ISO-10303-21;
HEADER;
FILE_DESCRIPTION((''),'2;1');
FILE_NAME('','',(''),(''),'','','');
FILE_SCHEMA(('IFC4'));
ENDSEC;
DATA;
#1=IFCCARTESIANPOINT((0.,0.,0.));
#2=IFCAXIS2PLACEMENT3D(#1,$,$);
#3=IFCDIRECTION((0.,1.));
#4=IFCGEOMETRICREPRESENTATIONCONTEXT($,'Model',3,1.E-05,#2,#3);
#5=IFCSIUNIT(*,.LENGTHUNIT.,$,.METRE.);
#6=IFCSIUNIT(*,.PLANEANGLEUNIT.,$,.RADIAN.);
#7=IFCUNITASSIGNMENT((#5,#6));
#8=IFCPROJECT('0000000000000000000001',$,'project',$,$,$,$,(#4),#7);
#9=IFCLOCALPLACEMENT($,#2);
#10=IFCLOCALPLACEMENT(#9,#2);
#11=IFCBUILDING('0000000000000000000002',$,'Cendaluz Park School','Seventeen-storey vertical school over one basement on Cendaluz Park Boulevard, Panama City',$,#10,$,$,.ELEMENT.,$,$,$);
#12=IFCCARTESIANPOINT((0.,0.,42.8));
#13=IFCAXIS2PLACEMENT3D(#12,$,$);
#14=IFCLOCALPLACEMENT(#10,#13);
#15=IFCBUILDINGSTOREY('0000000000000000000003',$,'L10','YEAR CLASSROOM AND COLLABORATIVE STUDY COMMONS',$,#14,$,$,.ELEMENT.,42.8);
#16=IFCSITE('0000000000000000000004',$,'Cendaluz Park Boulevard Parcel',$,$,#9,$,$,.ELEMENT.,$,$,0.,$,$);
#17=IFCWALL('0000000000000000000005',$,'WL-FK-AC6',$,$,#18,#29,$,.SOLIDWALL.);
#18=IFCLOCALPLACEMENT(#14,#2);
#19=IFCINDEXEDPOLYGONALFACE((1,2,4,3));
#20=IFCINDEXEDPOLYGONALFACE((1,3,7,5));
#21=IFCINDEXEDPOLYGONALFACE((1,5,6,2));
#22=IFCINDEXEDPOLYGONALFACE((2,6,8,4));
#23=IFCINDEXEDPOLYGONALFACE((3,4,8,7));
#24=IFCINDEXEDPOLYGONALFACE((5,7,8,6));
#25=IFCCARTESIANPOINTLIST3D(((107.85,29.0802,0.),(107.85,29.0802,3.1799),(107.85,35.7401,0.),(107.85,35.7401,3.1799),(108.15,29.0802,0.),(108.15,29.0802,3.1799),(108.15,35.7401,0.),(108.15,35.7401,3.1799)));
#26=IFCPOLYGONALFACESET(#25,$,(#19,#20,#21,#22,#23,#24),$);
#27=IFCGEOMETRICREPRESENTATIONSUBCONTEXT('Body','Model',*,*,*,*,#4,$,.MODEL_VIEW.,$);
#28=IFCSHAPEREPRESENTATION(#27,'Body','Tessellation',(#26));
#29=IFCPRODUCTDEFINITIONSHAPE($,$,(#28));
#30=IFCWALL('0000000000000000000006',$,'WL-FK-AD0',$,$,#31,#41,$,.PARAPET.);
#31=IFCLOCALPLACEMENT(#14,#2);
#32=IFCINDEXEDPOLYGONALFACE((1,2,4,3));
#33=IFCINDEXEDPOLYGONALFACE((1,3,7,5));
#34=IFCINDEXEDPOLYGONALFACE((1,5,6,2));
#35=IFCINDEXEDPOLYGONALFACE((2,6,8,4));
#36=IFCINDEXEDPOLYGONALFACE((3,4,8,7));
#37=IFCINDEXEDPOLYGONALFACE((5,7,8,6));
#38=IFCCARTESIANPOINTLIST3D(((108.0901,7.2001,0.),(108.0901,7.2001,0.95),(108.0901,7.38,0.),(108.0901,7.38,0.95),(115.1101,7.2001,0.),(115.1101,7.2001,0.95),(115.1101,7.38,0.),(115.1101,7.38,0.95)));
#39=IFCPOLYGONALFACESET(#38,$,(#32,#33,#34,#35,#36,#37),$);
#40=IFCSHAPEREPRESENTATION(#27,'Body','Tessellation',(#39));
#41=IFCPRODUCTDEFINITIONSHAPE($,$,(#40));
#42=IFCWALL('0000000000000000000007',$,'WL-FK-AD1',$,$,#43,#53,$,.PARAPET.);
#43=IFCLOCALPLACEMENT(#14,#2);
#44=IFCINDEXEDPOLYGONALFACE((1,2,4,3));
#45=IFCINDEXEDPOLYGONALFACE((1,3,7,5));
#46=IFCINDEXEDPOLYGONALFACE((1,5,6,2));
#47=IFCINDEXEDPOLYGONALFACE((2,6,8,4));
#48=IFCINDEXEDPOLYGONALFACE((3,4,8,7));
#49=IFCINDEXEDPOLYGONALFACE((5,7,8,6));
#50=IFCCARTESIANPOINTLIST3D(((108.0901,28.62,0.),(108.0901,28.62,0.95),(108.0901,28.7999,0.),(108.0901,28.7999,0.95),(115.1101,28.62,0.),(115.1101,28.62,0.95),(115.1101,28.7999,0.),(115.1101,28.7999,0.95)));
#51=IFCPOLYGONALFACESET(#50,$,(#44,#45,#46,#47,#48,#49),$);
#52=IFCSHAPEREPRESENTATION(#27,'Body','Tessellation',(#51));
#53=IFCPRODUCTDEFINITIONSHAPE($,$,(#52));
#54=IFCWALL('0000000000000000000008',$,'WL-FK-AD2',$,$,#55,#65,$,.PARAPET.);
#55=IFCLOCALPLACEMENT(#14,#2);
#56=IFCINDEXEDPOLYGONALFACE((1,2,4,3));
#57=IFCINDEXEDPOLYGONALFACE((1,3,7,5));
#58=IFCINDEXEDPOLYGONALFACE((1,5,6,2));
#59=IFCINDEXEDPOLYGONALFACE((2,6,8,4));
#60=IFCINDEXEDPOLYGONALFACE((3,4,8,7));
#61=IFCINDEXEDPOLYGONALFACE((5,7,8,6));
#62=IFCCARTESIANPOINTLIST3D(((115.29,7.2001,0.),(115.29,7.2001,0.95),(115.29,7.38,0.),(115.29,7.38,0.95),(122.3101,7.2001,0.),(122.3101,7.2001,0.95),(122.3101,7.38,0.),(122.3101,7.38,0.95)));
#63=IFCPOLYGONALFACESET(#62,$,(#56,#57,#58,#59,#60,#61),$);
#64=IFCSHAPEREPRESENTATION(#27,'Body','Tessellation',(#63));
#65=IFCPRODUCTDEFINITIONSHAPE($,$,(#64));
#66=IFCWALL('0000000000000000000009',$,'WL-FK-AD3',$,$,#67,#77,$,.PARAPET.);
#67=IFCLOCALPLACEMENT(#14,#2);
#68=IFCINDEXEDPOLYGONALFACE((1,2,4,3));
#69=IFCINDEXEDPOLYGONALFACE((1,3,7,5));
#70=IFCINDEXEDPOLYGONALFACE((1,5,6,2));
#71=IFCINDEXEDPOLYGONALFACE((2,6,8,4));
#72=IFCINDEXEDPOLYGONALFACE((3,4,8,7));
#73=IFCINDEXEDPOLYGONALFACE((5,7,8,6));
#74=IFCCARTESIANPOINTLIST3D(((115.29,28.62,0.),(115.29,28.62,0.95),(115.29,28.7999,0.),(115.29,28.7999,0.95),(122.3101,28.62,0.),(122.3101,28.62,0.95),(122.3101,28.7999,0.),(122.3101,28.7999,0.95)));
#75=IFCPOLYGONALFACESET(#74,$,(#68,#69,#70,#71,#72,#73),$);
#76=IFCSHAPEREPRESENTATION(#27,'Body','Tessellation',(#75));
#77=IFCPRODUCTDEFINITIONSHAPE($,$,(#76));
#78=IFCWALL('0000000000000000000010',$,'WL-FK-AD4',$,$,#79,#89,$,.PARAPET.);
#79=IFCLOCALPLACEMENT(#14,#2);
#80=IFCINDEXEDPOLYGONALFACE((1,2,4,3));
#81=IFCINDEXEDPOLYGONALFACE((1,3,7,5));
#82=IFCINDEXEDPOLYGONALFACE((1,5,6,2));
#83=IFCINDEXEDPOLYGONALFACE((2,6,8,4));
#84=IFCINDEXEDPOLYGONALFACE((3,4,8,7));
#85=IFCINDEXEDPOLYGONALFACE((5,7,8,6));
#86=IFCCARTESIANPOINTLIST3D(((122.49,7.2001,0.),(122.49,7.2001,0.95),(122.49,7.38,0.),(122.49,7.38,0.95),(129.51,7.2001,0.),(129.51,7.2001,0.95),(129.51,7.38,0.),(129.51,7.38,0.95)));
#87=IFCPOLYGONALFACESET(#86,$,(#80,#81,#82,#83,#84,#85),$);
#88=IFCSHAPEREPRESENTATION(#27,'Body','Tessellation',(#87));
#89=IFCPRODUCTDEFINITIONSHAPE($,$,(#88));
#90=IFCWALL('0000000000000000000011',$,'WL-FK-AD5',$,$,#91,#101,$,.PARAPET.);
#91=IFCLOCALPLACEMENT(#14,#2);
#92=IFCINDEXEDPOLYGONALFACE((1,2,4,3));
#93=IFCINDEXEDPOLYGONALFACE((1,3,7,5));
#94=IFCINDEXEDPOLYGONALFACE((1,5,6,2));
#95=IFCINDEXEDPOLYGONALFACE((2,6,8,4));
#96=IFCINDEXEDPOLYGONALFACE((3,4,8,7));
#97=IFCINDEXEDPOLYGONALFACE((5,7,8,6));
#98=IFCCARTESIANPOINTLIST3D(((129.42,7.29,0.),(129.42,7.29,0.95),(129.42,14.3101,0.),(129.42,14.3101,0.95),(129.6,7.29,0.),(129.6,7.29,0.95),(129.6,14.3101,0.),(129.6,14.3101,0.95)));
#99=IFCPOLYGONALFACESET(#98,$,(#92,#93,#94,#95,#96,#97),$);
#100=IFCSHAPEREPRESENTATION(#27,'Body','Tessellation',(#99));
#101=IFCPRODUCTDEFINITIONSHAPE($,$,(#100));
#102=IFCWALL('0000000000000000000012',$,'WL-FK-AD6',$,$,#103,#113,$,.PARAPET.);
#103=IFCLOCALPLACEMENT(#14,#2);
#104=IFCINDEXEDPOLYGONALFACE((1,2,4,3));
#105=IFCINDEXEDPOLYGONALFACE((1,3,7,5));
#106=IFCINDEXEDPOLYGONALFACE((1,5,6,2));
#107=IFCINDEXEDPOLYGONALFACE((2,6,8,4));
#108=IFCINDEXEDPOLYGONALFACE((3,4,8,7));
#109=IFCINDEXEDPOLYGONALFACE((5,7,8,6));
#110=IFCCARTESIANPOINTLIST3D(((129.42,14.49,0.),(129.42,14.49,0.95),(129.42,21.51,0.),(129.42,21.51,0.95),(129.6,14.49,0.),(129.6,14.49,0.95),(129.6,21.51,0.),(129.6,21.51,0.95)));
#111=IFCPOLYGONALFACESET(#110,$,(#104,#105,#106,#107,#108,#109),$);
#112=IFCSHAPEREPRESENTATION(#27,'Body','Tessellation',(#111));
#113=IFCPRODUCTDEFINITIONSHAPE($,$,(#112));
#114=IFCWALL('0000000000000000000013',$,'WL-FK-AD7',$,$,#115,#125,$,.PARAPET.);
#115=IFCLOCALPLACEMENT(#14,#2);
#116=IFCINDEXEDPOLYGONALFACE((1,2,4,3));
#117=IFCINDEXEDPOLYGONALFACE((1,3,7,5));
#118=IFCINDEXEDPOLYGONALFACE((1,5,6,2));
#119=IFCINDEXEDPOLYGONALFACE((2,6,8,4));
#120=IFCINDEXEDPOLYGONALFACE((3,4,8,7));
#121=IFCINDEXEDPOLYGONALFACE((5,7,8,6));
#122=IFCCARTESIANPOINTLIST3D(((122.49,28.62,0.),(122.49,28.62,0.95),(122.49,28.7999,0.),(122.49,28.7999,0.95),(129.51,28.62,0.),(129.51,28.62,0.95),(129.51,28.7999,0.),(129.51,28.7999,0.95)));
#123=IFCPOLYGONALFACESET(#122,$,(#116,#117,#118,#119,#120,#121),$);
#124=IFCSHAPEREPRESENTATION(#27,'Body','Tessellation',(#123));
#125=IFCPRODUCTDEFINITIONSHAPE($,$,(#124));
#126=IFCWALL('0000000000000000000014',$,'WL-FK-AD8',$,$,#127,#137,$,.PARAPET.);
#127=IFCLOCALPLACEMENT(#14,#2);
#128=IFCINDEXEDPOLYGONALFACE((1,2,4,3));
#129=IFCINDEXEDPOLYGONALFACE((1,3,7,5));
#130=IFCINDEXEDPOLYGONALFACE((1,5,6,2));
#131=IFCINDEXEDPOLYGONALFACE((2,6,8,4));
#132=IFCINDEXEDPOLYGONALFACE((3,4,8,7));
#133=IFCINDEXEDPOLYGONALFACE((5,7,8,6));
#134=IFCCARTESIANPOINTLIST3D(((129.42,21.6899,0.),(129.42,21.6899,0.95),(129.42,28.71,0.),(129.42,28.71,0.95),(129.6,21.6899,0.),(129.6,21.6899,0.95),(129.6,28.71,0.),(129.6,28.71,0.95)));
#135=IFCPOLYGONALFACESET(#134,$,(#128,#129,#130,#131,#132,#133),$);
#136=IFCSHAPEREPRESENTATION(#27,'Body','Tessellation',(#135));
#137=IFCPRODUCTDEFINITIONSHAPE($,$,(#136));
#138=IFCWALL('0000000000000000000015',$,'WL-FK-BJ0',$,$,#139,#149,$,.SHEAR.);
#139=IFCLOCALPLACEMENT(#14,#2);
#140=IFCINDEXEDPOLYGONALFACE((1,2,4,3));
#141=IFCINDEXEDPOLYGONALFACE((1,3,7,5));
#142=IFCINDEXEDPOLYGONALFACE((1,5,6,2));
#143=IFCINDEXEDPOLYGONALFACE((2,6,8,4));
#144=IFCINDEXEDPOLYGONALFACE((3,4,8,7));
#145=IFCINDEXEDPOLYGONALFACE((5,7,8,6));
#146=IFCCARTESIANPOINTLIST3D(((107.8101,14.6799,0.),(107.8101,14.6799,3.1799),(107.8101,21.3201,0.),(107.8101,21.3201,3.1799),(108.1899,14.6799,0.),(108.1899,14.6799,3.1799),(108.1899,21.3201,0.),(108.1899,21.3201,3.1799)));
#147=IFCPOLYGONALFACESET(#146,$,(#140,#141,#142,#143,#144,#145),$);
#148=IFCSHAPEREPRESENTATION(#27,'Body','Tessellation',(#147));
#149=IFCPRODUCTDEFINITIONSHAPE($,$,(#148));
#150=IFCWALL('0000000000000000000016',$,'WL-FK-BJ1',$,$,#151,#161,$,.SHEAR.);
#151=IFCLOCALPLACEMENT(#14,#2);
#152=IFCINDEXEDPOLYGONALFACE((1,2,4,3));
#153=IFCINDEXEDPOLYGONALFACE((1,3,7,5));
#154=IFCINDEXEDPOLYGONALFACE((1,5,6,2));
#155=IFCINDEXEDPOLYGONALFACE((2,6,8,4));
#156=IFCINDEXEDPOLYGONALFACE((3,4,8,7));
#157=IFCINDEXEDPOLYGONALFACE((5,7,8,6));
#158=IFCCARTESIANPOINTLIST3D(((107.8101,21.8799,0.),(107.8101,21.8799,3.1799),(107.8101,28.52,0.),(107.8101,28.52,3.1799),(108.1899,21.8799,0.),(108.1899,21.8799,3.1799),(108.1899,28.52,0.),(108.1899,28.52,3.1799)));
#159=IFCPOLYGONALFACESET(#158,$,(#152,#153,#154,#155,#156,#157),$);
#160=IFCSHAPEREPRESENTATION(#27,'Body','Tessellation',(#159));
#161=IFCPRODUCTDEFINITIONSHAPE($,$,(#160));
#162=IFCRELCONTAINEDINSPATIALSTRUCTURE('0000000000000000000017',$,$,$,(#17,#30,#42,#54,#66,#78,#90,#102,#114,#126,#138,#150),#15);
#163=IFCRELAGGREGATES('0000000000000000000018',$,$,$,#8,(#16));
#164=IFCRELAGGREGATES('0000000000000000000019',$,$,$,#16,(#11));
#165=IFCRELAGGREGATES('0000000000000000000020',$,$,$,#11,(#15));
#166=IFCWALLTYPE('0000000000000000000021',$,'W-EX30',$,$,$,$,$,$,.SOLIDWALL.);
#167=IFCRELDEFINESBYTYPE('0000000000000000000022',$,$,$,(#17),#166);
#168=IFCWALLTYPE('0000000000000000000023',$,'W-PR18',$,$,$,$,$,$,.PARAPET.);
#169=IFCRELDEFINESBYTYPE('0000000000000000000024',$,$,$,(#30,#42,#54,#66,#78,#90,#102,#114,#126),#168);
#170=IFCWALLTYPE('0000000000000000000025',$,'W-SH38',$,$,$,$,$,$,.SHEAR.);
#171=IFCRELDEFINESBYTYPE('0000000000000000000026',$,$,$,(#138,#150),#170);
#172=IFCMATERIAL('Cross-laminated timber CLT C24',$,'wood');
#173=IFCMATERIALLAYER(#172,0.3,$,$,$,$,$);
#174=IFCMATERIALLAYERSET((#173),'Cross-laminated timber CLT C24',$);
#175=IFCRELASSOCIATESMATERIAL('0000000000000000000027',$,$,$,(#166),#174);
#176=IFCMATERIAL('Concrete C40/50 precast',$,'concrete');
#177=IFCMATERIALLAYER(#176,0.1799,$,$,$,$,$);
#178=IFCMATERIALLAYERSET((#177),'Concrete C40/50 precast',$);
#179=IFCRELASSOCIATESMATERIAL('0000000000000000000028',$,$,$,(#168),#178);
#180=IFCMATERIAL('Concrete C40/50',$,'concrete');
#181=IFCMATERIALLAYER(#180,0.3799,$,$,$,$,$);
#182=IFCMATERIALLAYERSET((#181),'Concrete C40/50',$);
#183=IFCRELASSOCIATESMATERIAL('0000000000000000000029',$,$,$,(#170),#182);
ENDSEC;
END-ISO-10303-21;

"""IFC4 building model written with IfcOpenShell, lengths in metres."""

from ifc_helpers import new_model, si_unit, direction, frame, frame_2d, origin, place, context, subcontext, project, spatial, rectangle, extrude, material, layer, layer_set, type_object, element, save


model = new_model("IFC4")

# Units and contexts
model_context = context("Model", 3, precision=1e-05, world=origin(), true_north=direction((0.0, 1.0)))
body_context = subcontext(model_context, "Body", "Model", "MODEL_VIEW")
ifc_project = project(units=[si_unit("LENGTHUNIT", "METRE"), si_unit("PLANEANGLEUNIT", "RADIAN")], contexts=[model_context])

# Site, building, storey
site_placement = place(None, origin())
site = spatial("IfcSite", under=ifc_project, at=site_placement, Name="Cendaluz Park Boulevard Parcel", CompositionType="ELEMENT", RefElevation=0.0)
building_placement = place(site_placement, origin())
building = spatial("IfcBuilding", under=site, at=building_placement, Name="Cendaluz Park School", Description="Seventeen-storey vertical school over one basement on Cendaluz Park Boulevard, Panama City", CompositionType="ELEMENT")
storey_placement = place(building_placement, frame((0.0, 0.0, 42.8)))
storey = spatial("IfcBuildingStorey", under=building, at=storey_placement, Name="L10", Description="YEAR CLASSROOM AND COLLABORATIVE STUDY COMMONS", CompositionType="ELEMENT", Elevation=42.8)

# Shared definitions
ifc_material_1 = material(Name="Cross-laminated timber CLT C24", Category="wood")
ifc_layer_1 = layer(ifc_material_1, 0.3)
ifc_layer_set_1 = layer_set([ifc_layer_1], Name="Cross-laminated timber CLT C24")
wall_type_1 = type_object("IfcWallType", Name="W-EX30", PredefinedType="SOLIDWALL", material=ifc_layer_set_1)

# Walls
wall_1_placement = place(storey_placement, frame((108.0, 29.0801, 0.0), z_axis=(0.0, 0.0, 1.0), x_axis=(0.0, 1.0, 0.0)))
element("IfcWall", 1, at=wall_1_placement, inside=storey, type_object=wall_type_1, Name="WL-FK-AC6", PredefinedType="SOLIDWALL", context=body_context, shape_type="SweptSolid", body=[
    extrude(rectangle(XDim=6.6599, YDim=0.3, at=frame_2d((3.3301, 0.0))), origin(), (0.0, 0.0, 1.0), 3.1799),
])
ifc_material_2 = material(Name="Concrete C40/50 precast", Category="concrete")
ifc_layer_2 = layer(ifc_material_2, 0.1799)
ifc_layer_set_2 = layer_set([ifc_layer_2], Name="Concrete C40/50 precast")
wall_type_2 = type_object("IfcWallType", Name="W-PR18", PredefinedType="PARAPET", material=ifc_layer_set_2)
for number, where, z_axis, x_axis, name in (
    (2, (108.0901, 7.29, 0.0), (0.0, 0.0, 1.0), (1.0, 0.0, 0.0), "WL-FK-AD0"),
    (3, (108.0901, 28.71, 0.0), (0.0, 0.0, 1.0), (1.0, 0.0, 0.0), "WL-FK-AD1"),
    (4, (115.29, 7.29, 0.0), (0.0, 0.0, 1.0), (1.0, 0.0, 0.0), "WL-FK-AD2"),
    (5, (115.29, 28.71, 0.0), (0.0, 0.0, 1.0), (1.0, 0.0, 0.0), "WL-FK-AD3"),
    (6, (122.49, 7.29, 0.0), (0.0, 0.0, 1.0), (1.0, 0.0, 0.0), "WL-FK-AD4"),
    (7, (129.51, 7.29, 0.0), (0.0, 0.0, 1.0), (0.0, 1.0, 0.0), "WL-FK-AD5"),
    (8, (129.51, 14.49, 0.0), (0.0, 0.0, 1.0), (0.0, 1.0, 0.0), "WL-FK-AD6"),
    (9, (122.49, 28.71, 0.0), (0.0, 0.0, 1.0), (1.0, 0.0, 0.0), "WL-FK-AD7"),
    (10, (129.51, 21.6899, 0.0), (0.0, 0.0, 1.0), (0.0, 1.0, 0.0), "WL-FK-AD8"),
):
    element("IfcWall", number, at=place(storey_placement, frame(where, z_axis=z_axis, x_axis=x_axis)), inside=storey, type_object=wall_type_2, Name=name, PredefinedType="PARAPET", context=body_context, shape_type="SweptSolid", body=[
        extrude(rectangle(XDim=7.02, YDim=0.1799, at=frame_2d((3.51, 0.0))), origin(), (0.0, 0.0, 1.0), 0.95),
    ])
ifc_material_3 = material(Name="Concrete C40/50", Category="concrete")
ifc_layer_3 = layer(ifc_material_3, 0.3799)
ifc_layer_set_3 = layer_set([ifc_layer_3], Name="Concrete C40/50")
wall_type_3 = type_object("IfcWallType", Name="W-SH38", PredefinedType="SHEAR", material=ifc_layer_set_3)
for number, where, z_axis, x_axis, name in (
    (11, (108.0, 14.6799, 0.0), (0.0, 0.0, 1.0), (0.0, 1.0, 0.0), "WL-FK-BJ0"),
    (12, (108.0, 21.8799, 0.0), (0.0, 0.0, 1.0), (0.0, 1.0, 0.0), "WL-FK-BJ1"),
):
    element("IfcWall", number, at=place(storey_placement, frame(where, z_axis=z_axis, x_axis=x_axis)), inside=storey, type_object=wall_type_3, Name=name, PredefinedType="SHEAR", context=body_context, shape_type="SweptSolid", body=[
        extrude(rectangle(XDim=6.6401, YDim=0.3799, at=frame_2d((3.3201, 0.0))), origin(), (0.0, 0.0, 1.0), 3.1799),
    ])

save(model, "model.ifc")
